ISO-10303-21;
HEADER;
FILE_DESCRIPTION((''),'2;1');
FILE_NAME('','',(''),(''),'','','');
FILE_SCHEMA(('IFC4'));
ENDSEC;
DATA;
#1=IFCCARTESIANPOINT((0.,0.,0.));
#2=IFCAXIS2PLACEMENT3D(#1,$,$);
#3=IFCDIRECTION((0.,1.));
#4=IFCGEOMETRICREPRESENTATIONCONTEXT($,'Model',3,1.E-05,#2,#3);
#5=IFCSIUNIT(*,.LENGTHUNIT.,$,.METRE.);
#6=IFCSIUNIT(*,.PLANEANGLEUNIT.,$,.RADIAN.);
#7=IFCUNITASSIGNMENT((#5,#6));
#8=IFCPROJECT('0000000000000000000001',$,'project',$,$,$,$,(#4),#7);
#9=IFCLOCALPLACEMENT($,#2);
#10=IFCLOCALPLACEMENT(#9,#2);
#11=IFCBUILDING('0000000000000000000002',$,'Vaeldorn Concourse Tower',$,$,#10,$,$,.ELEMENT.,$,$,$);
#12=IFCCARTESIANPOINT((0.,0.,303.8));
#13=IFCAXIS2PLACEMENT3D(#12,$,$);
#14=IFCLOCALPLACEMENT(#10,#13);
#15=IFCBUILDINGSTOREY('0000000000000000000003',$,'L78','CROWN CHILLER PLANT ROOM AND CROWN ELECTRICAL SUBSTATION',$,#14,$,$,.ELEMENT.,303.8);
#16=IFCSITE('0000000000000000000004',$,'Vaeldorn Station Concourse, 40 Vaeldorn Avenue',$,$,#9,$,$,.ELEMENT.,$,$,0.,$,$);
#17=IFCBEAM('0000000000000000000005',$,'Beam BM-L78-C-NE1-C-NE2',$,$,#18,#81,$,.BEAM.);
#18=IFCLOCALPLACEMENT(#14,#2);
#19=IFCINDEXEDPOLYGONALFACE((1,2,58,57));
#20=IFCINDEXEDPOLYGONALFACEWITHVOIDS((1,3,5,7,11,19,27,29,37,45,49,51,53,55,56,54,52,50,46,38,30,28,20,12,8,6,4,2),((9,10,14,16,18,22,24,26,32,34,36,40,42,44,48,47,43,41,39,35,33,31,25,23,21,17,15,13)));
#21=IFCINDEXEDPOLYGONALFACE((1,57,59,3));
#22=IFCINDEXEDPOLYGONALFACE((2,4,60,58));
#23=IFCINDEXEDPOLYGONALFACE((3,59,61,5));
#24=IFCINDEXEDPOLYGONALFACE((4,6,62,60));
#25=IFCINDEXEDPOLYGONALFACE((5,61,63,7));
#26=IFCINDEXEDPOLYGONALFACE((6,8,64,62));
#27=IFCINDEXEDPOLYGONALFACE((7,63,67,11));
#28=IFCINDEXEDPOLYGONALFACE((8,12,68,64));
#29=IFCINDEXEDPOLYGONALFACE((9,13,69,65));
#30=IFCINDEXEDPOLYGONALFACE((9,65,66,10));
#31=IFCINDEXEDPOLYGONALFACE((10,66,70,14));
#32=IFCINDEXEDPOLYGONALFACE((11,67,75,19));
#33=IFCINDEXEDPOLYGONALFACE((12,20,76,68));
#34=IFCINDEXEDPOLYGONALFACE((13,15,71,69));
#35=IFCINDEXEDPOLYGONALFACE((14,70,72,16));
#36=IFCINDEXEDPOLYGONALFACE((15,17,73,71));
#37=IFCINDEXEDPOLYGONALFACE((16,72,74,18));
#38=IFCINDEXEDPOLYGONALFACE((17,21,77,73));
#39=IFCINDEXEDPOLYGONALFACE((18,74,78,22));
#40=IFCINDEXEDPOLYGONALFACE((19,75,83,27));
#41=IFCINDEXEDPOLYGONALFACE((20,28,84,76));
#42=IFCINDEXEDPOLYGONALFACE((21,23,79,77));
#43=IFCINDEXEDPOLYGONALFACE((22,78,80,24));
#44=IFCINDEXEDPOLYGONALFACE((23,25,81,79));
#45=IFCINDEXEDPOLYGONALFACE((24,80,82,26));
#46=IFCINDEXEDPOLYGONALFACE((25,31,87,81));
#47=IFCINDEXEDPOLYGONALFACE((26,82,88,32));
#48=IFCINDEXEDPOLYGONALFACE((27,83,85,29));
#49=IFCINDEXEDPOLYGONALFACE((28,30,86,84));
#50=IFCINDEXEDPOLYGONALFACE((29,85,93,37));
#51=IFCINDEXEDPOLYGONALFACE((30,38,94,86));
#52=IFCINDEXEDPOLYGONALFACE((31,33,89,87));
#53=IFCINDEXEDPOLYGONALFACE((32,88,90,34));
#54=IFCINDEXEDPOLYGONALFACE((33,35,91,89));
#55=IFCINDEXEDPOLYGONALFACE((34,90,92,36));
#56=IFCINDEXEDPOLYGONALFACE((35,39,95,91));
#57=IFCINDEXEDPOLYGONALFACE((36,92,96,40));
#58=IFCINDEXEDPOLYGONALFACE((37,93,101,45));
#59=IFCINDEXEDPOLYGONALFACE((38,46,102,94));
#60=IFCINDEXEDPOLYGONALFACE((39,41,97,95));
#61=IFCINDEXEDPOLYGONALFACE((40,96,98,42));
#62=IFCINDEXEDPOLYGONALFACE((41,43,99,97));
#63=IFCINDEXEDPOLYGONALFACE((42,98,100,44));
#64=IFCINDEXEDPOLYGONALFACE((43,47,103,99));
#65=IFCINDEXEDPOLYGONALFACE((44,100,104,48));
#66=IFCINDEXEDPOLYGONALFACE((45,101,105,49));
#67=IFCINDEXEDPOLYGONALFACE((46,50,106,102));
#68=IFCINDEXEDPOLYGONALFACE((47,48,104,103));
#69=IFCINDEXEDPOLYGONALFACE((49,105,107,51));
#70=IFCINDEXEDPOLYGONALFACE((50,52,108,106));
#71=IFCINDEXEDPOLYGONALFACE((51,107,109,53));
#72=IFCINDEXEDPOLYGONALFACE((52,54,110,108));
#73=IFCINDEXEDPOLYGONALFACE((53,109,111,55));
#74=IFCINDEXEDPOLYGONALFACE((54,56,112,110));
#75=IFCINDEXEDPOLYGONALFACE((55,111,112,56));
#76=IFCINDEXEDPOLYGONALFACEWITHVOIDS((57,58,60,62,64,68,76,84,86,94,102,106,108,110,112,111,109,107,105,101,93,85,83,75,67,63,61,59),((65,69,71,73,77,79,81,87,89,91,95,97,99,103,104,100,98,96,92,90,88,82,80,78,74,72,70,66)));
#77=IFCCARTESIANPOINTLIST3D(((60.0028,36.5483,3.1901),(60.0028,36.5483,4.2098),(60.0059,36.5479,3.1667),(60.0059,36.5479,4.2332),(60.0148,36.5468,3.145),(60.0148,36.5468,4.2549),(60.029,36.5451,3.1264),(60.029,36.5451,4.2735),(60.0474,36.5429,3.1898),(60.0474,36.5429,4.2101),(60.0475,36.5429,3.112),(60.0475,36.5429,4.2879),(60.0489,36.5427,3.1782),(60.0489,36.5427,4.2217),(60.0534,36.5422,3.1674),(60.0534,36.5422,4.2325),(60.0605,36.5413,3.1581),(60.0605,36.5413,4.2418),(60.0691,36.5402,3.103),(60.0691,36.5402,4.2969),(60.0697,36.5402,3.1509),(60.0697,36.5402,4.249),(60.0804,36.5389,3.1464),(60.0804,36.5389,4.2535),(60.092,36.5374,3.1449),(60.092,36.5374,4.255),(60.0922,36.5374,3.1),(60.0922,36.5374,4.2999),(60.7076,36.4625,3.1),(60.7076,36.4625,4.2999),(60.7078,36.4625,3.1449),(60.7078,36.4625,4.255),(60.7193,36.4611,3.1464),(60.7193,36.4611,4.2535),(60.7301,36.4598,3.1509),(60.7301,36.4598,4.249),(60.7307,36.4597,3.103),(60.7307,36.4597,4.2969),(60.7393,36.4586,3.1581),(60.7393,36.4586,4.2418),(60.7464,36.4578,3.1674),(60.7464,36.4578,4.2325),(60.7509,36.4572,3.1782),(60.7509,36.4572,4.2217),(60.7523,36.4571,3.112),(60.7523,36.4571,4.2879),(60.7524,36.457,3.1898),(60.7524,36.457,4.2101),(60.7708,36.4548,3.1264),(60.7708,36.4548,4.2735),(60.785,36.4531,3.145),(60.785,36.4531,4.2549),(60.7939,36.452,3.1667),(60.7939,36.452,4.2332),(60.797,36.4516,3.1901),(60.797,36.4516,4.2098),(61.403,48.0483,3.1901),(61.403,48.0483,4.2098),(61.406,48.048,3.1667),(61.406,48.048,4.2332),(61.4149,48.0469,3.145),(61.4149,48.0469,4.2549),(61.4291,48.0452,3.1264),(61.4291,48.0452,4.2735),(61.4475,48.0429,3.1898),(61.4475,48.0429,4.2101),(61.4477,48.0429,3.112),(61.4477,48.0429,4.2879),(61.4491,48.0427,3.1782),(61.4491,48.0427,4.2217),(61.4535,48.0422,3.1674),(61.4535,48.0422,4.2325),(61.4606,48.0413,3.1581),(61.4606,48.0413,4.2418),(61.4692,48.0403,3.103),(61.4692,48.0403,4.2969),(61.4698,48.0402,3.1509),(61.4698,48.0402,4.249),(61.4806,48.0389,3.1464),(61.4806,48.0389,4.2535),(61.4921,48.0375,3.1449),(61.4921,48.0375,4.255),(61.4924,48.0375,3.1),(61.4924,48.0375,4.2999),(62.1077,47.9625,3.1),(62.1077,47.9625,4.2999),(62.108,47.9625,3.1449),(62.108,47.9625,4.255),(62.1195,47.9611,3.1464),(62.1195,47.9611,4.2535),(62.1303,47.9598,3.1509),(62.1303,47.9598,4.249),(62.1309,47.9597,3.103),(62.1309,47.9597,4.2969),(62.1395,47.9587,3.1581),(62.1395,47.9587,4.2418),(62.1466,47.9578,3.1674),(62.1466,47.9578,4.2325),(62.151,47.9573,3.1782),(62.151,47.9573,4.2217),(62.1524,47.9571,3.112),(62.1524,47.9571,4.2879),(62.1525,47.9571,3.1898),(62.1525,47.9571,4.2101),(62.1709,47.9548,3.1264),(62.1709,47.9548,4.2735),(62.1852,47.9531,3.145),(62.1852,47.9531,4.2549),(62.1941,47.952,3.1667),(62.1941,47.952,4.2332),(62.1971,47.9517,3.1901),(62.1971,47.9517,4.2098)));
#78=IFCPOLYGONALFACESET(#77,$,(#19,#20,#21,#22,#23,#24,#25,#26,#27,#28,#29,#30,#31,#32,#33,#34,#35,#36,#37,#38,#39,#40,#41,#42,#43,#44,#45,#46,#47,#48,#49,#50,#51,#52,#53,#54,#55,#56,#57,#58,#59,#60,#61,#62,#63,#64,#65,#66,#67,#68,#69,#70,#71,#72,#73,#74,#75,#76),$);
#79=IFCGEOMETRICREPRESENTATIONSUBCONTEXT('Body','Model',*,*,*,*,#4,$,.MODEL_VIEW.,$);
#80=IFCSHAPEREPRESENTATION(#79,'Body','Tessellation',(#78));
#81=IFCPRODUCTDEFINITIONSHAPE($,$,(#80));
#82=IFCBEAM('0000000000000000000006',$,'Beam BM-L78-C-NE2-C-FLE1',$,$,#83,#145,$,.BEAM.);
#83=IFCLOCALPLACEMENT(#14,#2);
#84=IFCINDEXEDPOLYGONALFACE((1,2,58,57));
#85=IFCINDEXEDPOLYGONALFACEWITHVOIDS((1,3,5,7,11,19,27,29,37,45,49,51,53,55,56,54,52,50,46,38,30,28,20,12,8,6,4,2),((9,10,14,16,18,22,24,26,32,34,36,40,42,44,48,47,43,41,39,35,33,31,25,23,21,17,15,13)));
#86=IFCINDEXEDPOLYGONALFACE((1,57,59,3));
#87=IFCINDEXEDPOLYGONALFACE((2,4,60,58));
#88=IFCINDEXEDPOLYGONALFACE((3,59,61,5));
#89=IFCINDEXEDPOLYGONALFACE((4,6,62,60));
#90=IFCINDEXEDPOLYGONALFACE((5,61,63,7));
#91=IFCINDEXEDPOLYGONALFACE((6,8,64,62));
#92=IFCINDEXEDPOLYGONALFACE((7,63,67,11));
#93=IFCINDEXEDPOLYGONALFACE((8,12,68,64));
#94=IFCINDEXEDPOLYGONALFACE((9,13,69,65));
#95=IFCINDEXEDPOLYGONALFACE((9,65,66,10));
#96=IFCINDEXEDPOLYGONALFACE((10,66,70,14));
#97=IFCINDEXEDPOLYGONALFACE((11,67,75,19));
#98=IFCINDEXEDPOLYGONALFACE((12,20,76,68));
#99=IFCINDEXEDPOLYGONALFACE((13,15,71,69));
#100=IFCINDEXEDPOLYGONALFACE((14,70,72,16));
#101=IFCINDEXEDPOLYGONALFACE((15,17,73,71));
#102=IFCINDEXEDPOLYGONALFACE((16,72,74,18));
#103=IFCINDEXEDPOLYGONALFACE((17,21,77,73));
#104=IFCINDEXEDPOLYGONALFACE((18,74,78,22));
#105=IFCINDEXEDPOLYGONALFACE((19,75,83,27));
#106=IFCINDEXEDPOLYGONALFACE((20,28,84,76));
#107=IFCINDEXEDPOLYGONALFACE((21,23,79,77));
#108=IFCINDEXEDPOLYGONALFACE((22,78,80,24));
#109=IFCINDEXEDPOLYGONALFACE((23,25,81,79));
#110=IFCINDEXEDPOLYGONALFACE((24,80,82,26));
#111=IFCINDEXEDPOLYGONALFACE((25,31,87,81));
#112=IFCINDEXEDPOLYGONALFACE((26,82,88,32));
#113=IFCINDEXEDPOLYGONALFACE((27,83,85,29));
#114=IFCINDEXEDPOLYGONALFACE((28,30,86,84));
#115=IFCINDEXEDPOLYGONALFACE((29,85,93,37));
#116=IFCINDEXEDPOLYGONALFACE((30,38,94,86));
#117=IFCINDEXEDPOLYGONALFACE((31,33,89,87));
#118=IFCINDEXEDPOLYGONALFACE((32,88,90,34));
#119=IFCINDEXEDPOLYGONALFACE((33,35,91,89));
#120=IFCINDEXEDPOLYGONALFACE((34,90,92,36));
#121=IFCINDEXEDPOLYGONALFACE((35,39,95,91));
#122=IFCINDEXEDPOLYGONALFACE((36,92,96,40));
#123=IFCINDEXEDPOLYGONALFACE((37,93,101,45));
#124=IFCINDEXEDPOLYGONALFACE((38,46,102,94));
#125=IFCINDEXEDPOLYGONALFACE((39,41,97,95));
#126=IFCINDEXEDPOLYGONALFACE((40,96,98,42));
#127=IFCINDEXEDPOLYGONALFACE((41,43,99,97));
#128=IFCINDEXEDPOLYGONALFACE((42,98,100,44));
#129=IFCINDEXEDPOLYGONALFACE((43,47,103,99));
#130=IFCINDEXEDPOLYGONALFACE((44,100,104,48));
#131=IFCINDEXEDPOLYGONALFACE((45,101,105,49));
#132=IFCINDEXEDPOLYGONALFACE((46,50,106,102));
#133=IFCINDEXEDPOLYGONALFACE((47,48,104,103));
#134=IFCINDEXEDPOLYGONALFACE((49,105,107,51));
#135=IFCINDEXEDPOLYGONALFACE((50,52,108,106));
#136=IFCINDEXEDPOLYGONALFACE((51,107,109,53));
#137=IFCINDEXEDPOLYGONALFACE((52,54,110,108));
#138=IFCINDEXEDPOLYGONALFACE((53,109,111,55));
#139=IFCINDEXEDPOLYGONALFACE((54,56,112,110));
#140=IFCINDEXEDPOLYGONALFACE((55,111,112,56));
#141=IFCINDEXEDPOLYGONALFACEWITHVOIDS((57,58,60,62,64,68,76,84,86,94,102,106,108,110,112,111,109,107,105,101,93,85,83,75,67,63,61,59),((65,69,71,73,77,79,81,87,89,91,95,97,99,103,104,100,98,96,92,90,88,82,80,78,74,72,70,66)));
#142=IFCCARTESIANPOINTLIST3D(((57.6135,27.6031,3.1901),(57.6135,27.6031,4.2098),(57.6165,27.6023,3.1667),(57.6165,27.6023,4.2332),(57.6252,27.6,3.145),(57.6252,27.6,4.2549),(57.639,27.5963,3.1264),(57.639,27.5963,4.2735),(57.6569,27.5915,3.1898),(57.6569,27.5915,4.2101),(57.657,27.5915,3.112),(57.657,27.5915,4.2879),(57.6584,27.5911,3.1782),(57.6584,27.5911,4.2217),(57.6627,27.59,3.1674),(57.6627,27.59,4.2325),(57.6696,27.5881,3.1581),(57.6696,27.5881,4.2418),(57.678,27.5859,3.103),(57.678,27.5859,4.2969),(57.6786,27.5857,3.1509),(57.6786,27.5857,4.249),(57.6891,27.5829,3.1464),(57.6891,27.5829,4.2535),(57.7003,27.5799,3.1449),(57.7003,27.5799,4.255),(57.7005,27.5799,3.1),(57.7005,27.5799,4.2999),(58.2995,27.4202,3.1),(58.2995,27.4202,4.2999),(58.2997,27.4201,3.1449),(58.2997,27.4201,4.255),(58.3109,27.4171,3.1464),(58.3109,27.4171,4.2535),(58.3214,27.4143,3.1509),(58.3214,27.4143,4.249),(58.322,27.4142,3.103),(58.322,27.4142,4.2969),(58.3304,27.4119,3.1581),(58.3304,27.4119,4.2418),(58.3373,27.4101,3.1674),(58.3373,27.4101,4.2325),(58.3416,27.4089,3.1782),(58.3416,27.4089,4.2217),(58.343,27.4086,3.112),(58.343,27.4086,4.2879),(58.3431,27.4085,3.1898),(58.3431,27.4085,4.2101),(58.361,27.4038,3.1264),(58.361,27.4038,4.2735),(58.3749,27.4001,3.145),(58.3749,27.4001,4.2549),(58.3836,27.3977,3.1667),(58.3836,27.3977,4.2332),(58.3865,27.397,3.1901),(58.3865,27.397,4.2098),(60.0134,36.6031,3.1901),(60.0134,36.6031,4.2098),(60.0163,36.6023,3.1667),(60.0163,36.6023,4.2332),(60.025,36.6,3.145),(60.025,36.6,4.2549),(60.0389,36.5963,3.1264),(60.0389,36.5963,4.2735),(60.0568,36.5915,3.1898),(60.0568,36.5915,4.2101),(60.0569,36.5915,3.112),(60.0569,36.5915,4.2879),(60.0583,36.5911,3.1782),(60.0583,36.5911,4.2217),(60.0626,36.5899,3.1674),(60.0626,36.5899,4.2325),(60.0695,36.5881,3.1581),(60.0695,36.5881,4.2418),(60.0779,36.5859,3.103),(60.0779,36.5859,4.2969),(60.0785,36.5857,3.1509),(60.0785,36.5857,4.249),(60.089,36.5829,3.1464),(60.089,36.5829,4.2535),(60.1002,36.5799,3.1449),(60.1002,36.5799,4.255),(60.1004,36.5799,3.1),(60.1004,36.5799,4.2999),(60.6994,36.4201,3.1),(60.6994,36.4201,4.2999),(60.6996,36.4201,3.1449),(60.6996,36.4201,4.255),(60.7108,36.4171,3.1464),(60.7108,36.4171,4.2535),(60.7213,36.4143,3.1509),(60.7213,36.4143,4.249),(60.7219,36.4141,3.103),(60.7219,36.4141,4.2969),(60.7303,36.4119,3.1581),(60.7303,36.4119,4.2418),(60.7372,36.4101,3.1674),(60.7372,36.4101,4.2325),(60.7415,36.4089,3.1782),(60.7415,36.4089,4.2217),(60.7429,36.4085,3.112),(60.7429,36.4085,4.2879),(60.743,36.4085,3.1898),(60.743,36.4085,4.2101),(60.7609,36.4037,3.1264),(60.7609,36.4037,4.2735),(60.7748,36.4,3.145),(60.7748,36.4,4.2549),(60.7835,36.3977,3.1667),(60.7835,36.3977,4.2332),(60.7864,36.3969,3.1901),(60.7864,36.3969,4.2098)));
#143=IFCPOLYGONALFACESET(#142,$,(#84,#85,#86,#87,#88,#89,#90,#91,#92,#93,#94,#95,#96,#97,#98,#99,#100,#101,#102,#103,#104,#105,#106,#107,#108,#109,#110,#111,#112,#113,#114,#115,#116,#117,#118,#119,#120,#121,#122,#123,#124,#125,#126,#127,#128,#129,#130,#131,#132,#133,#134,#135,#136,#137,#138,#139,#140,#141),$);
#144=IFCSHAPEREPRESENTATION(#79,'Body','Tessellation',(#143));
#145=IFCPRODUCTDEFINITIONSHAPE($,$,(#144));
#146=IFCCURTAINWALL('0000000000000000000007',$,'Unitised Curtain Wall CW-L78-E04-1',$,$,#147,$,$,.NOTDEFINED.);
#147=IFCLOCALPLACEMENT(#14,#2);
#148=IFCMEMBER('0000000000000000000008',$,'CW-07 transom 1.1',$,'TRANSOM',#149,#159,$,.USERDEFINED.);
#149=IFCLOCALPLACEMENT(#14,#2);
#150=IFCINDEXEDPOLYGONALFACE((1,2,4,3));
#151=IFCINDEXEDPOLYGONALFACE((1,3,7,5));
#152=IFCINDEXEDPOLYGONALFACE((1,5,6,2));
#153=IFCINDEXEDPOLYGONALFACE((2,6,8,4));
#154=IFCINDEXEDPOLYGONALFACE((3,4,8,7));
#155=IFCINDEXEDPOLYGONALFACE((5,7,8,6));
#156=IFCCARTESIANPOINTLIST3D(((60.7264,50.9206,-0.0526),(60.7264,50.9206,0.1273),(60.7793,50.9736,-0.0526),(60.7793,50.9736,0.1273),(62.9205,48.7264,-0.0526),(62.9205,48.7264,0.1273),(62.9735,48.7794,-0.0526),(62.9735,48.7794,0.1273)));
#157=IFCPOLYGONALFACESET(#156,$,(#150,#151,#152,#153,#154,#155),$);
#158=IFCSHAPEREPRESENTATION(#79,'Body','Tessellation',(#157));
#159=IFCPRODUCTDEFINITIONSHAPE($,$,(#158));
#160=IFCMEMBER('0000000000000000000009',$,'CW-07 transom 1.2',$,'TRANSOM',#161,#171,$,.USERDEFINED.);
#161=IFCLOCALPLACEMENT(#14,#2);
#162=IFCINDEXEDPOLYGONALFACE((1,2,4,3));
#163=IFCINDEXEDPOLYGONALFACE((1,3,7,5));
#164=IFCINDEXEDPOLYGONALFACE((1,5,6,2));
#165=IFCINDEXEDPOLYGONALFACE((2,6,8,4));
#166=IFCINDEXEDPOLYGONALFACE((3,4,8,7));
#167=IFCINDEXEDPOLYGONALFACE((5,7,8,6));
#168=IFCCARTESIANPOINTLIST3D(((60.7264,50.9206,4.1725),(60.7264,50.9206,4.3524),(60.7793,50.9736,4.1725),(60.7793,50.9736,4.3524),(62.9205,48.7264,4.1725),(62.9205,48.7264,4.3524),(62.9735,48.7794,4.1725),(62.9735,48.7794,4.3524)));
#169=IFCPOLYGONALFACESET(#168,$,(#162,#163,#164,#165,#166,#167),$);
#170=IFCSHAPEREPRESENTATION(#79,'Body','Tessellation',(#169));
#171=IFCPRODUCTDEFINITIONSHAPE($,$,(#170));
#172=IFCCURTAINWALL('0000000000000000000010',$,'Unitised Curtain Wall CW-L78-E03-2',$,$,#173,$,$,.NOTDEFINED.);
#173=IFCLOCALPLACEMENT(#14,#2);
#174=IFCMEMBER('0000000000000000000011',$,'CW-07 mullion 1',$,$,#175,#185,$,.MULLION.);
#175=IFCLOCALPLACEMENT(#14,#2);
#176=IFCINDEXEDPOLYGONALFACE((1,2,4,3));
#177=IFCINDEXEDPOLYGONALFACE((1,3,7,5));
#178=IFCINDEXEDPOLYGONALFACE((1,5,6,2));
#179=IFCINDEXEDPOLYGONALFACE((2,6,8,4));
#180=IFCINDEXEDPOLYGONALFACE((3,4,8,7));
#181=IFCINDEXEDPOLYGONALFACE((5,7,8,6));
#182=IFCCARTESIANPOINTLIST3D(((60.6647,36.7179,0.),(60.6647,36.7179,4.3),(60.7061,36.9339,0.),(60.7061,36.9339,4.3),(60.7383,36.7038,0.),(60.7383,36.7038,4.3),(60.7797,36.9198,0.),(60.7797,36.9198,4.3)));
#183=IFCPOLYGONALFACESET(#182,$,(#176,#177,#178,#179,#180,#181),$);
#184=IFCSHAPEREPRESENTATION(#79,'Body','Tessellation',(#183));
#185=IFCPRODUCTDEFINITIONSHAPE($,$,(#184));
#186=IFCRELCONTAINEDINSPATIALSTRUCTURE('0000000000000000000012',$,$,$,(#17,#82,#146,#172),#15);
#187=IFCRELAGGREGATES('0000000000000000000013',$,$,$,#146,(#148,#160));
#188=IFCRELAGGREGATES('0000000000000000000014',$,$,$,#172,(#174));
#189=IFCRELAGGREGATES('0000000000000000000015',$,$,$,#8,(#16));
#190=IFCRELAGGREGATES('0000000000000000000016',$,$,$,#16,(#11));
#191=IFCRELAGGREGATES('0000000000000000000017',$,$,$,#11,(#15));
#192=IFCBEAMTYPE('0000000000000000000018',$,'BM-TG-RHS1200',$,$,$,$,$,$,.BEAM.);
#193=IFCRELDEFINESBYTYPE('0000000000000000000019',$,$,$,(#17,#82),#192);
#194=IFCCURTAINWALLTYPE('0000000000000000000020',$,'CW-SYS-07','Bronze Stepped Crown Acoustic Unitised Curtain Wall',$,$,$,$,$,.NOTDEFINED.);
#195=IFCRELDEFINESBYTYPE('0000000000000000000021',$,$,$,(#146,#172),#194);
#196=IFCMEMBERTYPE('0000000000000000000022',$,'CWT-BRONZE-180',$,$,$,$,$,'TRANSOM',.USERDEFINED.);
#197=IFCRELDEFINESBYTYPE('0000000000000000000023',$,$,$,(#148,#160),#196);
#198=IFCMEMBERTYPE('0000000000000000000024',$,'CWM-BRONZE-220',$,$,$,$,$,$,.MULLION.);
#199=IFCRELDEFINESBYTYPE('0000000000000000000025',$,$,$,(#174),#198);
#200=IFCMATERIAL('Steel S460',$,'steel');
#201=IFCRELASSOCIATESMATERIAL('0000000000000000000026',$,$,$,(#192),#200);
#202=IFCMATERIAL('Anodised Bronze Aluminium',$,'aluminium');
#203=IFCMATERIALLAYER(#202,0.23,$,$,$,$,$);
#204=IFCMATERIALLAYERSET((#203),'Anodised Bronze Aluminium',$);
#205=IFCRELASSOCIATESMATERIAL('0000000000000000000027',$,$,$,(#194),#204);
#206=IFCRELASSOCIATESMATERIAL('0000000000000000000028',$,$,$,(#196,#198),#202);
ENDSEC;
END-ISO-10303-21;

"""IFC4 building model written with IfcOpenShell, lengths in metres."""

from ifc_helpers import new_model, si_unit, direction, frame, origin, origin_2d, place, context, subcontext, project, spatial, rectangle, hollow_rectangle, extrude, source, transform, mapped, material, layer, layer_set, material_profile, profile_set, type_object, element, aggregate, save


model = new_model("IFC4")

# Units and contexts
model_context = context("Model", 3, precision=1e-05, world=origin(), true_north=direction((0.0, 1.0)))
body_context = subcontext(model_context, "Body", "Model", "MODEL_VIEW")
ifc_project = project(units=[si_unit("LENGTHUNIT", "METRE"), si_unit("PLANEANGLEUNIT", "RADIAN")], contexts=[model_context])

# Site, building, storey
site_placement = place(None, origin())
site = spatial("IfcSite", under=ifc_project, at=site_placement, Name="Vaeldorn Station Concourse, 40 Vaeldorn Avenue", CompositionType="ELEMENT", RefElevation=0.0)
building_placement = place(site_placement, origin())
building = spatial("IfcBuilding", under=site, at=building_placement, Name="Vaeldorn Concourse Tower", CompositionType="ELEMENT")
storey_placement = place(building_placement, frame((0.0, 0.0, 303.8)))
storey = spatial("IfcBuildingStorey", under=building, at=storey_placement, Name="L78", Description="CROWN CHILLER PLANT ROOM AND CROWN ELECTRICAL SUBSTATION", CompositionType="ELEMENT", Elevation=303.8)

# Beams
ifc_material_1 = material(Name="Steel S460", Category="steel")
ifc_material_profile_1 = material_profile(ifc_material_1, hollow_rectangle(XDim=0.8, YDim=1.2, WallThickness=0.0449, InnerFilletRadius=0.0449, OuterFilletRadius=0.0901, at=origin_2d()), Name="RHS 1200x800x45")
ifc_profile_set_1 = profile_set([ifc_material_profile_1], Name="Steel S460")
beam_type = type_object("IfcBeamType", Name="BM-TG-RHS1200", PredefinedType="BEAM", material=ifc_profile_set_1)
shared_shape_1 = source(origin(), body_context, "Body", "SweptSolid", [
    extrude(hollow_rectangle(XDim=0.8, YDim=1.2, WallThickness=0.0449, InnerFilletRadius=0.0449, OuterFilletRadius=0.0901, at=origin_2d()), origin(), (0.0, 0.0, 1.0), 11.585),
])
beam_1_placement = place(storey_placement, frame((61.8, 48.0, 3.7), z_axis=(-0.120859, -0.99267, 0.0), x_axis=(0.99267, -0.120859, 0.0)))
element("IfcBeam", 1, at=beam_1_placement, inside=storey, type_object=beam_type, Name="Beam BM-L78-C-NE1-C-NE2", PredefinedType="BEAM", context=body_context, shape_type="MappedRepresentation", body=[
    mapped(shared_shape_1, transform((0.0, 0.0, 0.0), scale=1.0)),
])
shared_shape_2 = source(origin(), body_context, "Body", "SweptSolid", [
    extrude(hollow_rectangle(XDim=0.8, YDim=1.2, WallThickness=0.0449, InnerFilletRadius=0.0449, OuterFilletRadius=0.0901, at=origin_2d()), origin(), (0.0, 0.0, 1.0), 9.3145),
])
beam_2_placement = place(storey_placement, frame((60.3999, 36.5, 3.7), z_axis=(-0.257653, -0.966238, 0.0), x_axis=(0.966238, -0.257653, 0.0)))
element("IfcBeam", 2, at=beam_2_placement, inside=storey, type_object=beam_type, Name="Beam BM-L78-C-NE2-C-FLE1", PredefinedType="BEAM", context=body_context, shape_type="MappedRepresentation", body=[
    mapped(shared_shape_2, transform((0.0, 0.0, 0.0), scale=1.0)),
])

# Curtain walls, members
ifc_material_2 = material(Name="Anodised Bronze Aluminium", Category="aluminium")
ifc_layer_1 = layer(ifc_material_2, 0.23)
ifc_layer_set_1 = layer_set([ifc_layer_1], Name="Anodised Bronze Aluminium")
curtain_wall_type = type_object("IfcCurtainWallType", Name="CW-SYS-07", Description="Bronze Stepped Crown Acoustic Unitised Curtain Wall", PredefinedType="NOTDEFINED", material=ifc_layer_set_1)
curtain_wall_1_placement = place(storey_placement, origin())
curtain_wall_1 = element("IfcCurtainWall", 3, at=curtain_wall_1_placement, inside=storey, type_object=curtain_wall_type, Name="Unitised Curtain Wall CW-L78-E04-1", PredefinedType="NOTDEFINED")
ifc_material_profile_2 = material_profile(ifc_material_2, rectangle(XDim=0.075, YDim=0.1799, at=origin_2d()), Name="CWT 75x180")
ifc_profile_set_2 = profile_set([ifc_material_profile_2], Name="Anodised Bronze Aluminium")
member_type_1 = type_object("IfcMemberType", Name="CWT-BRONZE-180", ElementType="TRANSOM", PredefinedType="USERDEFINED", material=ifc_profile_set_2)
shared_shape_3 = source(origin(), body_context, "Body", "SweptSolid", [
    extrude(rectangle(XDim=0.075, YDim=0.1799, at=origin_2d()), origin(), (0.0, 0.0, 1.0), 3.103),
])
member_1_placement = place(storey_placement, frame((62.947, 48.7529, 0.0374), z_axis=(-0.707107, 0.707107, 0.0), x_axis=(-0.707107, -0.707107, 0.0)))
member_1 = element("IfcMember", 4, at=member_1_placement, type_object=member_type_1, Name="CW-07 transom 1.1", ObjectType="TRANSOM", PredefinedType="USERDEFINED", context=body_context, shape_type="MappedRepresentation", body=[
    mapped(shared_shape_3, transform((0.0, 0.0, 0.0), scale=1.0)),
])
member_2_placement = place(storey_placement, frame((62.947, 48.7529, 4.2625), z_axis=(-0.707107, 0.707107, 0.0), x_axis=(-0.707107, -0.707107, 0.0)))
member_2 = element("IfcMember", 5, at=member_2_placement, type_object=member_type_1, Name="CW-07 transom 1.2", ObjectType="TRANSOM", PredefinedType="USERDEFINED", context=body_context, shape_type="MappedRepresentation", body=[
    mapped(shared_shape_3, transform((0.0, 0.0, 0.0), scale=1.0)),
])
curtain_wall_2_placement = place(storey_placement, origin())
curtain_wall_2 = element("IfcCurtainWall", 6, at=curtain_wall_2_placement, inside=storey, type_object=curtain_wall_type, Name="Unitised Curtain Wall CW-L78-E03-2", PredefinedType="NOTDEFINED")
ifc_material_profile_3 = material_profile(ifc_material_2, rectangle(XDim=0.075, YDim=0.22, at=origin_2d()), Name="CWM 75x220")
ifc_profile_set_3 = profile_set([ifc_material_profile_3], Name="Anodised Bronze Aluminium")
member_type_2 = type_object("IfcMemberType", Name="CWM-BRONZE-220", PredefinedType="MULLION", material=ifc_profile_set_3)
shared_shape_4 = source(origin(), body_context, "Body", "SweptSolid", [
    extrude(rectangle(XDim=0.075, YDim=0.22, at=origin_2d()), origin(), (0.0, 0.0, 1.0), 4.3),
])
member_3_placement = place(storey_placement, frame((60.7222, 36.8188, 0.0), z_axis=(0.0, 0.0, 1.0), x_axis=(-0.982112, 0.188296, 0.0)))
member_3 = element("IfcMember", 7, at=member_3_placement, type_object=member_type_2, Name="CW-07 mullion 1", PredefinedType="MULLION", context=body_context, shape_type="MappedRepresentation", body=[
    mapped(shared_shape_4, transform((0.0, 0.0, 0.0), scale=1.0)),
])

aggregate(curtain_wall_1, [member_1, member_2])
aggregate(curtain_wall_2, [member_3])

save(model, "model.ifc")
